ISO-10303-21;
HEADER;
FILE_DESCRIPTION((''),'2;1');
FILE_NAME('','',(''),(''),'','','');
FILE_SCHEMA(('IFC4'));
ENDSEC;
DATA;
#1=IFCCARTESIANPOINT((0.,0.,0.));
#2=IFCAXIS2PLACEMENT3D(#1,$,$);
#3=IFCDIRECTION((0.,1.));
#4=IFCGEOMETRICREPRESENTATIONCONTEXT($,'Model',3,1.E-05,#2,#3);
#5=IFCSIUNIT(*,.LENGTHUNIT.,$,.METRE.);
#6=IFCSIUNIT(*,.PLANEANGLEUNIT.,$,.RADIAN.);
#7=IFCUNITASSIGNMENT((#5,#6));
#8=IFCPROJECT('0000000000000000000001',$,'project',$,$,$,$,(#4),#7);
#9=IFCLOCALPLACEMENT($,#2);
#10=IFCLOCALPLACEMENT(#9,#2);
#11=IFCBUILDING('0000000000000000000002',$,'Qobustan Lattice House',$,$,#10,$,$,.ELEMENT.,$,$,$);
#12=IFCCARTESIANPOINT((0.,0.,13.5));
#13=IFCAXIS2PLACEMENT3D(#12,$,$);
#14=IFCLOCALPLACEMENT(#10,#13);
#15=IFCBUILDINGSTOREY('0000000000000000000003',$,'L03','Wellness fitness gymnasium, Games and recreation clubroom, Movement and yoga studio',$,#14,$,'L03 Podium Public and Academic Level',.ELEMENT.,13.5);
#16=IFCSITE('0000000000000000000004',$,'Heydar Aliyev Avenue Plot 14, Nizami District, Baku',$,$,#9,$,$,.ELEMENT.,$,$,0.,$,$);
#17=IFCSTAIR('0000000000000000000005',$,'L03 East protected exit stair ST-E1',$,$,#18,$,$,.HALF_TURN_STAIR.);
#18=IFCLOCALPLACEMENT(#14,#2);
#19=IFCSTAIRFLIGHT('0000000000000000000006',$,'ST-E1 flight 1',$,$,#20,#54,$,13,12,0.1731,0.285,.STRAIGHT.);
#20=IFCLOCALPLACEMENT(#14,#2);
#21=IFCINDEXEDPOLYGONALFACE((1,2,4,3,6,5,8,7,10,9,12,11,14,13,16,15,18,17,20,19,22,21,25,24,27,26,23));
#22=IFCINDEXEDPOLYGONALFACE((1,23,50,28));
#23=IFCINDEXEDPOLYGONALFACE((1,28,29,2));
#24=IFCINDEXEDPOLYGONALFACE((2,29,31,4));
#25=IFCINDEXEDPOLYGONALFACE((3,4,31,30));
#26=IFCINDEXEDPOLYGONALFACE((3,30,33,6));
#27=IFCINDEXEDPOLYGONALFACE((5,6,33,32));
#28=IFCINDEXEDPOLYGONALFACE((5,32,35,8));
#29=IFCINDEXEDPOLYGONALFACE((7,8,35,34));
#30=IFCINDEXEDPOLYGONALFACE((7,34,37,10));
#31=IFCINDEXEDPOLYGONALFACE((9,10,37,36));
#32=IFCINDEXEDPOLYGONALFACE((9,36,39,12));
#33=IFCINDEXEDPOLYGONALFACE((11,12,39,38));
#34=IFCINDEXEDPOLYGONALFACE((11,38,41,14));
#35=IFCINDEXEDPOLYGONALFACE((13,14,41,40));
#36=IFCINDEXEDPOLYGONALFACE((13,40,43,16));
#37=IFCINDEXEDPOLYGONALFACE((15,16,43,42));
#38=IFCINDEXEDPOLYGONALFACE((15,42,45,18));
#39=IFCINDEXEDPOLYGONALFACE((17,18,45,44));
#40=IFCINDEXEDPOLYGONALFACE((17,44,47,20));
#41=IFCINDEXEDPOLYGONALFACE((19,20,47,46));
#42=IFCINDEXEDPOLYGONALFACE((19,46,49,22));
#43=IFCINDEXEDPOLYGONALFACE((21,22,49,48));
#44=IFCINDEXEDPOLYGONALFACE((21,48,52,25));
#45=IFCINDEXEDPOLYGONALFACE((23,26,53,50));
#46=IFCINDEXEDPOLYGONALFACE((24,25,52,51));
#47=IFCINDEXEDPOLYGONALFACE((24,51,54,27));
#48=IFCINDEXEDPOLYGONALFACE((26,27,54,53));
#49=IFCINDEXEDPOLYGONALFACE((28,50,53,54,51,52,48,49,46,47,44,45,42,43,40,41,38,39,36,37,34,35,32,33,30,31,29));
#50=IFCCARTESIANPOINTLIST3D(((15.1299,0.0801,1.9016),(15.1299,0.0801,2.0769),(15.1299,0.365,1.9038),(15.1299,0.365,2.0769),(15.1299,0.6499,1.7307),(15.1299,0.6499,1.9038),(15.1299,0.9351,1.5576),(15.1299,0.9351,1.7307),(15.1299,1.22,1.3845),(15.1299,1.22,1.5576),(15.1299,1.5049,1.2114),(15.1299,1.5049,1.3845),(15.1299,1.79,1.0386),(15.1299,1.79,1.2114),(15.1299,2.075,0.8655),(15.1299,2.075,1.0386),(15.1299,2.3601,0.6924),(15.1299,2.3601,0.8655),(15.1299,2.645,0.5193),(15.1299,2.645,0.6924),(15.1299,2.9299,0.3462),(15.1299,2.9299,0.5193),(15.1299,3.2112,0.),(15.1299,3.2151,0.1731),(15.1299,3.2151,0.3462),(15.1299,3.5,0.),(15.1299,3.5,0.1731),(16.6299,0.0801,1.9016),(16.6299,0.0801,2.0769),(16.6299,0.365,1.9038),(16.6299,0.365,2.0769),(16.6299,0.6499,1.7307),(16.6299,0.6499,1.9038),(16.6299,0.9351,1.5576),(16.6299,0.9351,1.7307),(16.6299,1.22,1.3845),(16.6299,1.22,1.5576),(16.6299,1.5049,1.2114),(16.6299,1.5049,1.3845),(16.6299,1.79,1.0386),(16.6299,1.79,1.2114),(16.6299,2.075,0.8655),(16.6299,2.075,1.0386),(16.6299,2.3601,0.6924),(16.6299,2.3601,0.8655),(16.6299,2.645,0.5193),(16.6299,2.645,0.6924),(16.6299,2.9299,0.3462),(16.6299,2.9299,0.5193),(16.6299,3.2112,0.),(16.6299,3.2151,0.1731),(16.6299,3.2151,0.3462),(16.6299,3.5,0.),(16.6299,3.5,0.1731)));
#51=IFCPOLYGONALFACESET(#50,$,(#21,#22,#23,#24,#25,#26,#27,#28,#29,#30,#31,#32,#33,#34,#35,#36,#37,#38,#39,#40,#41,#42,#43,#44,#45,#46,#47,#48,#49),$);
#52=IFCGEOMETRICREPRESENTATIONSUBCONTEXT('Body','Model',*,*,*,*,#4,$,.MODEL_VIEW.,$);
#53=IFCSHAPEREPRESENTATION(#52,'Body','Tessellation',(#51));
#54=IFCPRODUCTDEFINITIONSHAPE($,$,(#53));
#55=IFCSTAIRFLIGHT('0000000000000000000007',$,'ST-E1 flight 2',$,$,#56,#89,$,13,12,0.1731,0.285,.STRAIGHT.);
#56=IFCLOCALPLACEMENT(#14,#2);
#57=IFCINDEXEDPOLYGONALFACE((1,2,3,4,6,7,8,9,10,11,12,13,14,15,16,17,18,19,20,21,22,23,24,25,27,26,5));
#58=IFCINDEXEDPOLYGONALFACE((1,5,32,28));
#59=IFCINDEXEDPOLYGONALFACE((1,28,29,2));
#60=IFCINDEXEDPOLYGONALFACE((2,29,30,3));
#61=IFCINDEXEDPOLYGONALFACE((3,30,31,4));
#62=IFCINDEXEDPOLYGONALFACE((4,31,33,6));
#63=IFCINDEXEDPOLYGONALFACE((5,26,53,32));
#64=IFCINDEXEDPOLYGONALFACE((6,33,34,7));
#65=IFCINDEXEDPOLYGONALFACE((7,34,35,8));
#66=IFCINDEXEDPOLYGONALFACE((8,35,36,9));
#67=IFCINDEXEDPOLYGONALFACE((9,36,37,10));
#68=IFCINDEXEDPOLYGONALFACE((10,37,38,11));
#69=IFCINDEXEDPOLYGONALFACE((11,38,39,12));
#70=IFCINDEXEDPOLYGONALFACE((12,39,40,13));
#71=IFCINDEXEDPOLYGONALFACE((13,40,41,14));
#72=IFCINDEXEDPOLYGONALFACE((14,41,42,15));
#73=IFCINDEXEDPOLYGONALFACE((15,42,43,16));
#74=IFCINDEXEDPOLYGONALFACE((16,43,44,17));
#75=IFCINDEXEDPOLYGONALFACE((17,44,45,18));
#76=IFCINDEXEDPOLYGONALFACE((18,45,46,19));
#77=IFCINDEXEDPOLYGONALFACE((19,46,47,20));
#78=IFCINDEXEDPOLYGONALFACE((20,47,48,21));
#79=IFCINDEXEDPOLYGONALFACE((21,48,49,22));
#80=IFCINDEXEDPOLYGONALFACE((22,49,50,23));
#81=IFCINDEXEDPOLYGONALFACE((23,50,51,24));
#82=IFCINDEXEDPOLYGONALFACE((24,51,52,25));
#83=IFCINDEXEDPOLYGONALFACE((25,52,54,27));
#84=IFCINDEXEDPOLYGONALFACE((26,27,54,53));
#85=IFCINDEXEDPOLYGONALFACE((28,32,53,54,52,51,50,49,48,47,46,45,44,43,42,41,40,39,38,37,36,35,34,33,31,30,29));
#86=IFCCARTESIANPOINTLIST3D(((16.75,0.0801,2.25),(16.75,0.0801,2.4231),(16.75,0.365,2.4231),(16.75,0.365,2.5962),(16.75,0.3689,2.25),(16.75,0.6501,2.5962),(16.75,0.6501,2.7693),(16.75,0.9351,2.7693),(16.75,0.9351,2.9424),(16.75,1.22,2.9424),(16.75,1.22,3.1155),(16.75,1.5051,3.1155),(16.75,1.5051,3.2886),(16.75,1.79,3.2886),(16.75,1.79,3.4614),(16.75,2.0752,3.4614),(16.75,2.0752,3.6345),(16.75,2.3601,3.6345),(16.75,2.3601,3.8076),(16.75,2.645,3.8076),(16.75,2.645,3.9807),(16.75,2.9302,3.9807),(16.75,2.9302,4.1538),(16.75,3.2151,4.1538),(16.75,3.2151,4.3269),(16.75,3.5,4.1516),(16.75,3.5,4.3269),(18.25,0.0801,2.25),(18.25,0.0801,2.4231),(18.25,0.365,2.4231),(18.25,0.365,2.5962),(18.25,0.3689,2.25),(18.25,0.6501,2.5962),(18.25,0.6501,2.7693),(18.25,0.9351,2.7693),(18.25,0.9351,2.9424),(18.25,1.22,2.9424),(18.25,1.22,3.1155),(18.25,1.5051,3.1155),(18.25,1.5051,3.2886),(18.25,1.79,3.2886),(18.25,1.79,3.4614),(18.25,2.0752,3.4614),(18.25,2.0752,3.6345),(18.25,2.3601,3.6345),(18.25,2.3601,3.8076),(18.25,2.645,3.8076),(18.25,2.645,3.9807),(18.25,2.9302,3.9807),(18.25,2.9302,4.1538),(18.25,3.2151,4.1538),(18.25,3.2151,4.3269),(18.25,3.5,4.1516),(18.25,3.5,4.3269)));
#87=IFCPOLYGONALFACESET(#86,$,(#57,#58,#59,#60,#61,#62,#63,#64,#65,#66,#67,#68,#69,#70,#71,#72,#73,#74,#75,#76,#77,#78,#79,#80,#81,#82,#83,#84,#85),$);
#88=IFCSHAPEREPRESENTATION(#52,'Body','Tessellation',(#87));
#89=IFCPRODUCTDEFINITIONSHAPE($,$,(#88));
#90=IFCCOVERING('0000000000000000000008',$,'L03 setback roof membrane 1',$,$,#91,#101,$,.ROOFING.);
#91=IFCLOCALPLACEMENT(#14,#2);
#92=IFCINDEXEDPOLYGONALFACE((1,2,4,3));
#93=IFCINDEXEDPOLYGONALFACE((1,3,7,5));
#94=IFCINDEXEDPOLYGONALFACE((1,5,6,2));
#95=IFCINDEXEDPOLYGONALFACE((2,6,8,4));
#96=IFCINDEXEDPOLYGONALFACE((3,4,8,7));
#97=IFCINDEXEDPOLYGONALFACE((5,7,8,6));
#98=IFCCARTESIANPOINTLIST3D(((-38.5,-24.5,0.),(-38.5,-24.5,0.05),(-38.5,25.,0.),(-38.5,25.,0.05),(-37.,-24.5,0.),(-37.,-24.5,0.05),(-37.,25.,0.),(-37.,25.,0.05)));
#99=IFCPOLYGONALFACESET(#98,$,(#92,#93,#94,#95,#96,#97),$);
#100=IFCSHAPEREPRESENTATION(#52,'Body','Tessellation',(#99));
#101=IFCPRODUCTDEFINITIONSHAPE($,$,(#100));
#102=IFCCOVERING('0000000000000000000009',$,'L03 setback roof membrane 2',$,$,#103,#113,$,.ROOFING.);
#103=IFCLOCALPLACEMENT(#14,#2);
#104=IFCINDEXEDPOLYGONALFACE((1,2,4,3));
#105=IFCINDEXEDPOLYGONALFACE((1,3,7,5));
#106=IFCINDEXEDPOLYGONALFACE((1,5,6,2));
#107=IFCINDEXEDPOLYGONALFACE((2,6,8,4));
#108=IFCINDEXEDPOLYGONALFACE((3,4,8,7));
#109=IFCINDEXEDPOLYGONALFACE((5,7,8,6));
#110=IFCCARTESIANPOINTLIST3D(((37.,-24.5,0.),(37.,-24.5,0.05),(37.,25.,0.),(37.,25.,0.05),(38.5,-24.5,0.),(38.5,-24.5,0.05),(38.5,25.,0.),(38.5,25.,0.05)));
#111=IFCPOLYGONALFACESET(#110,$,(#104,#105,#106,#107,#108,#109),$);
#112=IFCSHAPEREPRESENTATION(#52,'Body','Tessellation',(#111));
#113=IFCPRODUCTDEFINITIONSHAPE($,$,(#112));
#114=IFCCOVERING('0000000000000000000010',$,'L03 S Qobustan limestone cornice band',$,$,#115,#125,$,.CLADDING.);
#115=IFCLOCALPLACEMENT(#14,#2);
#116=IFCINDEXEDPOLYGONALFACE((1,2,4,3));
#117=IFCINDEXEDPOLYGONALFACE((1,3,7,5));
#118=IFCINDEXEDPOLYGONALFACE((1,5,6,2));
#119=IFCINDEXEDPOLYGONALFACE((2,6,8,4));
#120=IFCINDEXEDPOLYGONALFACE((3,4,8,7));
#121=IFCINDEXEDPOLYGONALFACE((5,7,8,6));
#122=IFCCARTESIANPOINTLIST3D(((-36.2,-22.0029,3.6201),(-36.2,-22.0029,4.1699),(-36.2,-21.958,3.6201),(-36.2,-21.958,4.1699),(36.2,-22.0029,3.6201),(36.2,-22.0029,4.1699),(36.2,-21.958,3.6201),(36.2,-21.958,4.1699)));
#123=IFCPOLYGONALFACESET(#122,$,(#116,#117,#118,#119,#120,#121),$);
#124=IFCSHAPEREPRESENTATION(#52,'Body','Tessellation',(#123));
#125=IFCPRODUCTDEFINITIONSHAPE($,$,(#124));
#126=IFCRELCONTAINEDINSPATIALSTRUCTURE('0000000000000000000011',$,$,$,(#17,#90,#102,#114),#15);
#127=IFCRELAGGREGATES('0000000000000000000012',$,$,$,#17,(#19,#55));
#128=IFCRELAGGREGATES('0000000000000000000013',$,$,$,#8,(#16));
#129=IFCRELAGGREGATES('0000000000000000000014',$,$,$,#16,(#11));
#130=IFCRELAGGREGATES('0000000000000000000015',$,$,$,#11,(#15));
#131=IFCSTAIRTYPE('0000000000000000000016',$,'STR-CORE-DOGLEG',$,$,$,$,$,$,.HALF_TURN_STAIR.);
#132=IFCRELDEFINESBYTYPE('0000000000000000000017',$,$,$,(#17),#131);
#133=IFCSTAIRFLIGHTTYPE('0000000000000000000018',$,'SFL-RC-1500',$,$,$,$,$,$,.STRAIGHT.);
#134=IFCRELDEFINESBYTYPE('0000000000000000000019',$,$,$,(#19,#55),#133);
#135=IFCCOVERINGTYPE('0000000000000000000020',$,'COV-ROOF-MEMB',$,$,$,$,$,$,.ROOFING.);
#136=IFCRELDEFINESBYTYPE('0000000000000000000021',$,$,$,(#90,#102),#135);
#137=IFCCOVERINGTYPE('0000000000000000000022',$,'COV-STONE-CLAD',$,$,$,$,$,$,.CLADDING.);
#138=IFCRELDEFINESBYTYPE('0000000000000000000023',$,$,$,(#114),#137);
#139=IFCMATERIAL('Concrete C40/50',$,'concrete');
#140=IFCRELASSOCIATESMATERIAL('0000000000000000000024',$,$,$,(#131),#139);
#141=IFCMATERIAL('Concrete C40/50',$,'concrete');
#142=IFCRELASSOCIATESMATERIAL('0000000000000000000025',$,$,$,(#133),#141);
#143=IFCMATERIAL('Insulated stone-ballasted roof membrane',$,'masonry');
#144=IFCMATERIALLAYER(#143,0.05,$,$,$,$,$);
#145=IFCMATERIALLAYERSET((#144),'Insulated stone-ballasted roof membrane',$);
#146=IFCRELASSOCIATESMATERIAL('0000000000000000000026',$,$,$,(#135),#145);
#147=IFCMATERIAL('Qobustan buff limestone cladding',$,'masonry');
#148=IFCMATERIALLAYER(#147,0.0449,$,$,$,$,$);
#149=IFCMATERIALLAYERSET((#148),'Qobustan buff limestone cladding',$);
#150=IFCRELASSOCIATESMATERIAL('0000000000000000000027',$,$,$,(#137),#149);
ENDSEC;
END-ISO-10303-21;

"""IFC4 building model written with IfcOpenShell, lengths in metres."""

from ifc_helpers import new_model, si_unit, direction, frame, origin, place, context, subcontext, project, spatial, polyline, outline, extrude, material, layer, layer_set, type_object, element, aggregate, save


model = new_model("IFC4")

# Units and contexts
model_context = context("Model", 3, precision=1e-05, world=origin(), true_north=direction((0.0, 1.0)))
body_context = subcontext(model_context, "Body", "Model", "MODEL_VIEW")
ifc_project = project(units=[si_unit("LENGTHUNIT", "METRE"), si_unit("PLANEANGLEUNIT", "RADIAN")], contexts=[model_context])

# Site, building, storey
site_placement = place(None, origin())
site = spatial("IfcSite", under=ifc_project, at=site_placement, Name="Heydar Aliyev Avenue Plot 14, Nizami District, Baku", CompositionType="ELEMENT", RefElevation=0.0)
building_placement = place(site_placement, origin())
building = spatial("IfcBuilding", under=site, at=building_placement, Name="Qobustan Lattice House", CompositionType="ELEMENT")
storey_placement = place(building_placement, frame((0.0, 0.0, 13.5)))
storey = spatial("IfcBuildingStorey", under=building, at=storey_placement, Name="L03", Description="Wellness fitness gymnasium, Games and recreation clubroom, Movement and yoga studio", LongName="L03 Podium Public and Academic Level", CompositionType="ELEMENT", Elevation=13.5)

# Stair
ifc_material_1 = material(Name="Concrete C40/50", Category="concrete")
stair_type_1 = type_object("IfcStairType", Name="STR-CORE-DOGLEG", PredefinedType="HALF_TURN_STAIR", material=ifc_material_1)
stair_1_placement = place(storey_placement, origin())
stair_1 = element("IfcStair", 1, at=stair_1_placement, inside=storey, type_object=stair_type_1, Name="L03 East protected exit stair ST-E1", PredefinedType="HALF_TURN_STAIR")

# Stair flights
ifc_material_2 = material(Name="Concrete C40/50", Category="concrete")
stair_flight_type = type_object("IfcStairFlightType", Name="SFL-RC-1500", PredefinedType="STRAIGHT", material=ifc_material_2)
stair_flight_1_placement = place(storey_placement, frame((15.8799, 3.5, 0.0), z_axis=(0.0, 0.0, 1.0), x_axis=(0.0, -1.0, 0.0)))
stair_flight_1 = element("IfcStairFlight", 2, at=stair_flight_1_placement, type_object=stair_flight_type, Name="ST-E1 flight 1", NumberOfRisers=13, NumberOfTreads=12, PredefinedType="STRAIGHT", RiserHeight=0.1731, TreadLength=0.285, context=body_context, shape_type="SweptSolid", body=[
    extrude(outline(polyline([(0.0, 0.0), (0.0, 0.1731), (0.2849, 0.1731), (0.2849, 0.3462), (0.5701, 0.3462), (0.5701, 0.5193), (0.855, 0.5193), (0.855, 0.6924), (1.1399, 0.6924), (1.1399, 0.8655), (1.425, 0.8655), (1.425, 1.0386), (1.71, 1.0386), (1.71, 1.2114), (1.9951, 1.2114), (1.9951, 1.3845), (2.28, 1.3845), (2.28, 1.5576), (2.5649, 1.5576), (2.5649, 1.7307), (2.8501, 1.7307), (2.8501, 1.9038), (3.135, 1.9038), (3.135, 2.0769), (3.4199, 2.0769), (3.4199, 2.25), (3.4199, 1.9016), (0.2888, 0.0), (0.0, 0.0)])), frame((0.0, 0.75, 0.0), z_axis=(0.0, -1.0, 0.0), x_axis=(1.0, 0.0, 0.0)), (0.0, 0.0, 1.0), 1.5),
])
stair_flight_2_placement = place(storey_placement, frame((17.5, 0.0801, 2.25), z_axis=(0.0, 0.0, 1.0), x_axis=(0.0, 1.0, 0.0)))
stair_flight_2 = element("IfcStairFlight", 3, at=stair_flight_2_placement, type_object=stair_flight_type, Name="ST-E1 flight 2", NumberOfRisers=13, NumberOfTreads=12, PredefinedType="STRAIGHT", RiserHeight=0.1731, TreadLength=0.285, context=body_context, shape_type="SweptSolid", body=[
    extrude(outline(polyline([(0.0, 0.0), (0.0, 0.1731), (0.2849, 0.1731), (0.2849, 0.3462), (0.5701, 0.3462), (0.5701, 0.5193), (0.855, 0.5193), (0.855, 0.6924), (1.1399, 0.6924), (1.1399, 0.8655), (1.425, 0.8655), (1.425, 1.0386), (1.71, 1.0386), (1.71, 1.2114), (1.9951, 1.2114), (1.9951, 1.3845), (2.28, 1.3845), (2.28, 1.5576), (2.5649, 1.5576), (2.5649, 1.7307), (2.8501, 1.7307), (2.8501, 1.9038), (3.135, 1.9038), (3.135, 2.0769), (3.4199, 2.0769), (3.4199, 2.25), (3.4199, 1.9016), (0.2888, 0.0), (0.0, 0.0)])), frame((0.0, 0.75, 0.0), z_axis=(0.0, -1.0, 0.0), x_axis=(1.0, 0.0, 0.0)), (0.0, 0.0, 1.0), 1.5),
])
aggregate(stair_1, [stair_flight_1, stair_flight_2])

# Coverings
ifc_material_3 = material(Name="Insulated stone-ballasted roof membrane", Category="masonry")
ifc_layer_1 = layer(ifc_material_3, 0.05)
ifc_layer_set_1 = layer_set([ifc_layer_1], Name="Insulated stone-ballasted roof membrane")
covering_type_1 = type_object("IfcCoveringType", Name="COV-ROOF-MEMB", PredefinedType="ROOFING", material=ifc_layer_set_1)
covering_1_placement = place(storey_placement, origin())
element("IfcCovering", 4, at=covering_1_placement, inside=storey, type_object=covering_type_1, Name="L03 setback roof membrane 1", PredefinedType="ROOFING", context=body_context, shape_type="SweptSolid", body=[
    extrude(outline(polyline([(-38.5, -24.5), (-37.0, -24.5), (-37.0, 25.0), (-38.5, 25.0), (-38.5, -24.5)])), origin(), (0.0, 0.0, 1.0), 0.05),
])
covering_2_placement = place(storey_placement, origin())
element("IfcCovering", 5, at=covering_2_placement, inside=storey, type_object=covering_type_1, Name="L03 setback roof membrane 2", PredefinedType="ROOFING", context=body_context, shape_type="SweptSolid", body=[
    extrude(outline(polyline([(37.0, -24.5), (38.5, -24.5), (38.5, 25.0), (37.0, 25.0), (37.0, -24.5)])), origin(), (0.0, 0.0, 1.0), 0.05),
])
ifc_material_4 = material(Name="Qobustan buff limestone cladding", Category="masonry")
ifc_layer_2 = layer(ifc_material_4, 0.0449)
ifc_layer_set_2 = layer_set([ifc_layer_2], Name="Qobustan buff limestone cladding")
covering_type_2 = type_object("IfcCoveringType", Name="COV-STONE-CLAD", PredefinedType="CLADDING", material=ifc_layer_set_2)
covering_3_placement = place(storey_placement, frame((0.0, 0.0, 3.6201)))
element("IfcCovering", 6, at=covering_3_placement, inside=storey, type_object=covering_type_2, Name="L03 S Qobustan limestone cornice band", PredefinedType="CLADDING", context=body_context, shape_type="SweptSolid", body=[
    extrude(outline(polyline([(36.2, -21.958), (36.2, -22.0029), (-36.2, -22.0029), (-36.2, -21.958), (36.2, -21.958)])), origin(), (0.0, 0.0, 1.0), 0.5498),
])

save(model, "model.ifc")
